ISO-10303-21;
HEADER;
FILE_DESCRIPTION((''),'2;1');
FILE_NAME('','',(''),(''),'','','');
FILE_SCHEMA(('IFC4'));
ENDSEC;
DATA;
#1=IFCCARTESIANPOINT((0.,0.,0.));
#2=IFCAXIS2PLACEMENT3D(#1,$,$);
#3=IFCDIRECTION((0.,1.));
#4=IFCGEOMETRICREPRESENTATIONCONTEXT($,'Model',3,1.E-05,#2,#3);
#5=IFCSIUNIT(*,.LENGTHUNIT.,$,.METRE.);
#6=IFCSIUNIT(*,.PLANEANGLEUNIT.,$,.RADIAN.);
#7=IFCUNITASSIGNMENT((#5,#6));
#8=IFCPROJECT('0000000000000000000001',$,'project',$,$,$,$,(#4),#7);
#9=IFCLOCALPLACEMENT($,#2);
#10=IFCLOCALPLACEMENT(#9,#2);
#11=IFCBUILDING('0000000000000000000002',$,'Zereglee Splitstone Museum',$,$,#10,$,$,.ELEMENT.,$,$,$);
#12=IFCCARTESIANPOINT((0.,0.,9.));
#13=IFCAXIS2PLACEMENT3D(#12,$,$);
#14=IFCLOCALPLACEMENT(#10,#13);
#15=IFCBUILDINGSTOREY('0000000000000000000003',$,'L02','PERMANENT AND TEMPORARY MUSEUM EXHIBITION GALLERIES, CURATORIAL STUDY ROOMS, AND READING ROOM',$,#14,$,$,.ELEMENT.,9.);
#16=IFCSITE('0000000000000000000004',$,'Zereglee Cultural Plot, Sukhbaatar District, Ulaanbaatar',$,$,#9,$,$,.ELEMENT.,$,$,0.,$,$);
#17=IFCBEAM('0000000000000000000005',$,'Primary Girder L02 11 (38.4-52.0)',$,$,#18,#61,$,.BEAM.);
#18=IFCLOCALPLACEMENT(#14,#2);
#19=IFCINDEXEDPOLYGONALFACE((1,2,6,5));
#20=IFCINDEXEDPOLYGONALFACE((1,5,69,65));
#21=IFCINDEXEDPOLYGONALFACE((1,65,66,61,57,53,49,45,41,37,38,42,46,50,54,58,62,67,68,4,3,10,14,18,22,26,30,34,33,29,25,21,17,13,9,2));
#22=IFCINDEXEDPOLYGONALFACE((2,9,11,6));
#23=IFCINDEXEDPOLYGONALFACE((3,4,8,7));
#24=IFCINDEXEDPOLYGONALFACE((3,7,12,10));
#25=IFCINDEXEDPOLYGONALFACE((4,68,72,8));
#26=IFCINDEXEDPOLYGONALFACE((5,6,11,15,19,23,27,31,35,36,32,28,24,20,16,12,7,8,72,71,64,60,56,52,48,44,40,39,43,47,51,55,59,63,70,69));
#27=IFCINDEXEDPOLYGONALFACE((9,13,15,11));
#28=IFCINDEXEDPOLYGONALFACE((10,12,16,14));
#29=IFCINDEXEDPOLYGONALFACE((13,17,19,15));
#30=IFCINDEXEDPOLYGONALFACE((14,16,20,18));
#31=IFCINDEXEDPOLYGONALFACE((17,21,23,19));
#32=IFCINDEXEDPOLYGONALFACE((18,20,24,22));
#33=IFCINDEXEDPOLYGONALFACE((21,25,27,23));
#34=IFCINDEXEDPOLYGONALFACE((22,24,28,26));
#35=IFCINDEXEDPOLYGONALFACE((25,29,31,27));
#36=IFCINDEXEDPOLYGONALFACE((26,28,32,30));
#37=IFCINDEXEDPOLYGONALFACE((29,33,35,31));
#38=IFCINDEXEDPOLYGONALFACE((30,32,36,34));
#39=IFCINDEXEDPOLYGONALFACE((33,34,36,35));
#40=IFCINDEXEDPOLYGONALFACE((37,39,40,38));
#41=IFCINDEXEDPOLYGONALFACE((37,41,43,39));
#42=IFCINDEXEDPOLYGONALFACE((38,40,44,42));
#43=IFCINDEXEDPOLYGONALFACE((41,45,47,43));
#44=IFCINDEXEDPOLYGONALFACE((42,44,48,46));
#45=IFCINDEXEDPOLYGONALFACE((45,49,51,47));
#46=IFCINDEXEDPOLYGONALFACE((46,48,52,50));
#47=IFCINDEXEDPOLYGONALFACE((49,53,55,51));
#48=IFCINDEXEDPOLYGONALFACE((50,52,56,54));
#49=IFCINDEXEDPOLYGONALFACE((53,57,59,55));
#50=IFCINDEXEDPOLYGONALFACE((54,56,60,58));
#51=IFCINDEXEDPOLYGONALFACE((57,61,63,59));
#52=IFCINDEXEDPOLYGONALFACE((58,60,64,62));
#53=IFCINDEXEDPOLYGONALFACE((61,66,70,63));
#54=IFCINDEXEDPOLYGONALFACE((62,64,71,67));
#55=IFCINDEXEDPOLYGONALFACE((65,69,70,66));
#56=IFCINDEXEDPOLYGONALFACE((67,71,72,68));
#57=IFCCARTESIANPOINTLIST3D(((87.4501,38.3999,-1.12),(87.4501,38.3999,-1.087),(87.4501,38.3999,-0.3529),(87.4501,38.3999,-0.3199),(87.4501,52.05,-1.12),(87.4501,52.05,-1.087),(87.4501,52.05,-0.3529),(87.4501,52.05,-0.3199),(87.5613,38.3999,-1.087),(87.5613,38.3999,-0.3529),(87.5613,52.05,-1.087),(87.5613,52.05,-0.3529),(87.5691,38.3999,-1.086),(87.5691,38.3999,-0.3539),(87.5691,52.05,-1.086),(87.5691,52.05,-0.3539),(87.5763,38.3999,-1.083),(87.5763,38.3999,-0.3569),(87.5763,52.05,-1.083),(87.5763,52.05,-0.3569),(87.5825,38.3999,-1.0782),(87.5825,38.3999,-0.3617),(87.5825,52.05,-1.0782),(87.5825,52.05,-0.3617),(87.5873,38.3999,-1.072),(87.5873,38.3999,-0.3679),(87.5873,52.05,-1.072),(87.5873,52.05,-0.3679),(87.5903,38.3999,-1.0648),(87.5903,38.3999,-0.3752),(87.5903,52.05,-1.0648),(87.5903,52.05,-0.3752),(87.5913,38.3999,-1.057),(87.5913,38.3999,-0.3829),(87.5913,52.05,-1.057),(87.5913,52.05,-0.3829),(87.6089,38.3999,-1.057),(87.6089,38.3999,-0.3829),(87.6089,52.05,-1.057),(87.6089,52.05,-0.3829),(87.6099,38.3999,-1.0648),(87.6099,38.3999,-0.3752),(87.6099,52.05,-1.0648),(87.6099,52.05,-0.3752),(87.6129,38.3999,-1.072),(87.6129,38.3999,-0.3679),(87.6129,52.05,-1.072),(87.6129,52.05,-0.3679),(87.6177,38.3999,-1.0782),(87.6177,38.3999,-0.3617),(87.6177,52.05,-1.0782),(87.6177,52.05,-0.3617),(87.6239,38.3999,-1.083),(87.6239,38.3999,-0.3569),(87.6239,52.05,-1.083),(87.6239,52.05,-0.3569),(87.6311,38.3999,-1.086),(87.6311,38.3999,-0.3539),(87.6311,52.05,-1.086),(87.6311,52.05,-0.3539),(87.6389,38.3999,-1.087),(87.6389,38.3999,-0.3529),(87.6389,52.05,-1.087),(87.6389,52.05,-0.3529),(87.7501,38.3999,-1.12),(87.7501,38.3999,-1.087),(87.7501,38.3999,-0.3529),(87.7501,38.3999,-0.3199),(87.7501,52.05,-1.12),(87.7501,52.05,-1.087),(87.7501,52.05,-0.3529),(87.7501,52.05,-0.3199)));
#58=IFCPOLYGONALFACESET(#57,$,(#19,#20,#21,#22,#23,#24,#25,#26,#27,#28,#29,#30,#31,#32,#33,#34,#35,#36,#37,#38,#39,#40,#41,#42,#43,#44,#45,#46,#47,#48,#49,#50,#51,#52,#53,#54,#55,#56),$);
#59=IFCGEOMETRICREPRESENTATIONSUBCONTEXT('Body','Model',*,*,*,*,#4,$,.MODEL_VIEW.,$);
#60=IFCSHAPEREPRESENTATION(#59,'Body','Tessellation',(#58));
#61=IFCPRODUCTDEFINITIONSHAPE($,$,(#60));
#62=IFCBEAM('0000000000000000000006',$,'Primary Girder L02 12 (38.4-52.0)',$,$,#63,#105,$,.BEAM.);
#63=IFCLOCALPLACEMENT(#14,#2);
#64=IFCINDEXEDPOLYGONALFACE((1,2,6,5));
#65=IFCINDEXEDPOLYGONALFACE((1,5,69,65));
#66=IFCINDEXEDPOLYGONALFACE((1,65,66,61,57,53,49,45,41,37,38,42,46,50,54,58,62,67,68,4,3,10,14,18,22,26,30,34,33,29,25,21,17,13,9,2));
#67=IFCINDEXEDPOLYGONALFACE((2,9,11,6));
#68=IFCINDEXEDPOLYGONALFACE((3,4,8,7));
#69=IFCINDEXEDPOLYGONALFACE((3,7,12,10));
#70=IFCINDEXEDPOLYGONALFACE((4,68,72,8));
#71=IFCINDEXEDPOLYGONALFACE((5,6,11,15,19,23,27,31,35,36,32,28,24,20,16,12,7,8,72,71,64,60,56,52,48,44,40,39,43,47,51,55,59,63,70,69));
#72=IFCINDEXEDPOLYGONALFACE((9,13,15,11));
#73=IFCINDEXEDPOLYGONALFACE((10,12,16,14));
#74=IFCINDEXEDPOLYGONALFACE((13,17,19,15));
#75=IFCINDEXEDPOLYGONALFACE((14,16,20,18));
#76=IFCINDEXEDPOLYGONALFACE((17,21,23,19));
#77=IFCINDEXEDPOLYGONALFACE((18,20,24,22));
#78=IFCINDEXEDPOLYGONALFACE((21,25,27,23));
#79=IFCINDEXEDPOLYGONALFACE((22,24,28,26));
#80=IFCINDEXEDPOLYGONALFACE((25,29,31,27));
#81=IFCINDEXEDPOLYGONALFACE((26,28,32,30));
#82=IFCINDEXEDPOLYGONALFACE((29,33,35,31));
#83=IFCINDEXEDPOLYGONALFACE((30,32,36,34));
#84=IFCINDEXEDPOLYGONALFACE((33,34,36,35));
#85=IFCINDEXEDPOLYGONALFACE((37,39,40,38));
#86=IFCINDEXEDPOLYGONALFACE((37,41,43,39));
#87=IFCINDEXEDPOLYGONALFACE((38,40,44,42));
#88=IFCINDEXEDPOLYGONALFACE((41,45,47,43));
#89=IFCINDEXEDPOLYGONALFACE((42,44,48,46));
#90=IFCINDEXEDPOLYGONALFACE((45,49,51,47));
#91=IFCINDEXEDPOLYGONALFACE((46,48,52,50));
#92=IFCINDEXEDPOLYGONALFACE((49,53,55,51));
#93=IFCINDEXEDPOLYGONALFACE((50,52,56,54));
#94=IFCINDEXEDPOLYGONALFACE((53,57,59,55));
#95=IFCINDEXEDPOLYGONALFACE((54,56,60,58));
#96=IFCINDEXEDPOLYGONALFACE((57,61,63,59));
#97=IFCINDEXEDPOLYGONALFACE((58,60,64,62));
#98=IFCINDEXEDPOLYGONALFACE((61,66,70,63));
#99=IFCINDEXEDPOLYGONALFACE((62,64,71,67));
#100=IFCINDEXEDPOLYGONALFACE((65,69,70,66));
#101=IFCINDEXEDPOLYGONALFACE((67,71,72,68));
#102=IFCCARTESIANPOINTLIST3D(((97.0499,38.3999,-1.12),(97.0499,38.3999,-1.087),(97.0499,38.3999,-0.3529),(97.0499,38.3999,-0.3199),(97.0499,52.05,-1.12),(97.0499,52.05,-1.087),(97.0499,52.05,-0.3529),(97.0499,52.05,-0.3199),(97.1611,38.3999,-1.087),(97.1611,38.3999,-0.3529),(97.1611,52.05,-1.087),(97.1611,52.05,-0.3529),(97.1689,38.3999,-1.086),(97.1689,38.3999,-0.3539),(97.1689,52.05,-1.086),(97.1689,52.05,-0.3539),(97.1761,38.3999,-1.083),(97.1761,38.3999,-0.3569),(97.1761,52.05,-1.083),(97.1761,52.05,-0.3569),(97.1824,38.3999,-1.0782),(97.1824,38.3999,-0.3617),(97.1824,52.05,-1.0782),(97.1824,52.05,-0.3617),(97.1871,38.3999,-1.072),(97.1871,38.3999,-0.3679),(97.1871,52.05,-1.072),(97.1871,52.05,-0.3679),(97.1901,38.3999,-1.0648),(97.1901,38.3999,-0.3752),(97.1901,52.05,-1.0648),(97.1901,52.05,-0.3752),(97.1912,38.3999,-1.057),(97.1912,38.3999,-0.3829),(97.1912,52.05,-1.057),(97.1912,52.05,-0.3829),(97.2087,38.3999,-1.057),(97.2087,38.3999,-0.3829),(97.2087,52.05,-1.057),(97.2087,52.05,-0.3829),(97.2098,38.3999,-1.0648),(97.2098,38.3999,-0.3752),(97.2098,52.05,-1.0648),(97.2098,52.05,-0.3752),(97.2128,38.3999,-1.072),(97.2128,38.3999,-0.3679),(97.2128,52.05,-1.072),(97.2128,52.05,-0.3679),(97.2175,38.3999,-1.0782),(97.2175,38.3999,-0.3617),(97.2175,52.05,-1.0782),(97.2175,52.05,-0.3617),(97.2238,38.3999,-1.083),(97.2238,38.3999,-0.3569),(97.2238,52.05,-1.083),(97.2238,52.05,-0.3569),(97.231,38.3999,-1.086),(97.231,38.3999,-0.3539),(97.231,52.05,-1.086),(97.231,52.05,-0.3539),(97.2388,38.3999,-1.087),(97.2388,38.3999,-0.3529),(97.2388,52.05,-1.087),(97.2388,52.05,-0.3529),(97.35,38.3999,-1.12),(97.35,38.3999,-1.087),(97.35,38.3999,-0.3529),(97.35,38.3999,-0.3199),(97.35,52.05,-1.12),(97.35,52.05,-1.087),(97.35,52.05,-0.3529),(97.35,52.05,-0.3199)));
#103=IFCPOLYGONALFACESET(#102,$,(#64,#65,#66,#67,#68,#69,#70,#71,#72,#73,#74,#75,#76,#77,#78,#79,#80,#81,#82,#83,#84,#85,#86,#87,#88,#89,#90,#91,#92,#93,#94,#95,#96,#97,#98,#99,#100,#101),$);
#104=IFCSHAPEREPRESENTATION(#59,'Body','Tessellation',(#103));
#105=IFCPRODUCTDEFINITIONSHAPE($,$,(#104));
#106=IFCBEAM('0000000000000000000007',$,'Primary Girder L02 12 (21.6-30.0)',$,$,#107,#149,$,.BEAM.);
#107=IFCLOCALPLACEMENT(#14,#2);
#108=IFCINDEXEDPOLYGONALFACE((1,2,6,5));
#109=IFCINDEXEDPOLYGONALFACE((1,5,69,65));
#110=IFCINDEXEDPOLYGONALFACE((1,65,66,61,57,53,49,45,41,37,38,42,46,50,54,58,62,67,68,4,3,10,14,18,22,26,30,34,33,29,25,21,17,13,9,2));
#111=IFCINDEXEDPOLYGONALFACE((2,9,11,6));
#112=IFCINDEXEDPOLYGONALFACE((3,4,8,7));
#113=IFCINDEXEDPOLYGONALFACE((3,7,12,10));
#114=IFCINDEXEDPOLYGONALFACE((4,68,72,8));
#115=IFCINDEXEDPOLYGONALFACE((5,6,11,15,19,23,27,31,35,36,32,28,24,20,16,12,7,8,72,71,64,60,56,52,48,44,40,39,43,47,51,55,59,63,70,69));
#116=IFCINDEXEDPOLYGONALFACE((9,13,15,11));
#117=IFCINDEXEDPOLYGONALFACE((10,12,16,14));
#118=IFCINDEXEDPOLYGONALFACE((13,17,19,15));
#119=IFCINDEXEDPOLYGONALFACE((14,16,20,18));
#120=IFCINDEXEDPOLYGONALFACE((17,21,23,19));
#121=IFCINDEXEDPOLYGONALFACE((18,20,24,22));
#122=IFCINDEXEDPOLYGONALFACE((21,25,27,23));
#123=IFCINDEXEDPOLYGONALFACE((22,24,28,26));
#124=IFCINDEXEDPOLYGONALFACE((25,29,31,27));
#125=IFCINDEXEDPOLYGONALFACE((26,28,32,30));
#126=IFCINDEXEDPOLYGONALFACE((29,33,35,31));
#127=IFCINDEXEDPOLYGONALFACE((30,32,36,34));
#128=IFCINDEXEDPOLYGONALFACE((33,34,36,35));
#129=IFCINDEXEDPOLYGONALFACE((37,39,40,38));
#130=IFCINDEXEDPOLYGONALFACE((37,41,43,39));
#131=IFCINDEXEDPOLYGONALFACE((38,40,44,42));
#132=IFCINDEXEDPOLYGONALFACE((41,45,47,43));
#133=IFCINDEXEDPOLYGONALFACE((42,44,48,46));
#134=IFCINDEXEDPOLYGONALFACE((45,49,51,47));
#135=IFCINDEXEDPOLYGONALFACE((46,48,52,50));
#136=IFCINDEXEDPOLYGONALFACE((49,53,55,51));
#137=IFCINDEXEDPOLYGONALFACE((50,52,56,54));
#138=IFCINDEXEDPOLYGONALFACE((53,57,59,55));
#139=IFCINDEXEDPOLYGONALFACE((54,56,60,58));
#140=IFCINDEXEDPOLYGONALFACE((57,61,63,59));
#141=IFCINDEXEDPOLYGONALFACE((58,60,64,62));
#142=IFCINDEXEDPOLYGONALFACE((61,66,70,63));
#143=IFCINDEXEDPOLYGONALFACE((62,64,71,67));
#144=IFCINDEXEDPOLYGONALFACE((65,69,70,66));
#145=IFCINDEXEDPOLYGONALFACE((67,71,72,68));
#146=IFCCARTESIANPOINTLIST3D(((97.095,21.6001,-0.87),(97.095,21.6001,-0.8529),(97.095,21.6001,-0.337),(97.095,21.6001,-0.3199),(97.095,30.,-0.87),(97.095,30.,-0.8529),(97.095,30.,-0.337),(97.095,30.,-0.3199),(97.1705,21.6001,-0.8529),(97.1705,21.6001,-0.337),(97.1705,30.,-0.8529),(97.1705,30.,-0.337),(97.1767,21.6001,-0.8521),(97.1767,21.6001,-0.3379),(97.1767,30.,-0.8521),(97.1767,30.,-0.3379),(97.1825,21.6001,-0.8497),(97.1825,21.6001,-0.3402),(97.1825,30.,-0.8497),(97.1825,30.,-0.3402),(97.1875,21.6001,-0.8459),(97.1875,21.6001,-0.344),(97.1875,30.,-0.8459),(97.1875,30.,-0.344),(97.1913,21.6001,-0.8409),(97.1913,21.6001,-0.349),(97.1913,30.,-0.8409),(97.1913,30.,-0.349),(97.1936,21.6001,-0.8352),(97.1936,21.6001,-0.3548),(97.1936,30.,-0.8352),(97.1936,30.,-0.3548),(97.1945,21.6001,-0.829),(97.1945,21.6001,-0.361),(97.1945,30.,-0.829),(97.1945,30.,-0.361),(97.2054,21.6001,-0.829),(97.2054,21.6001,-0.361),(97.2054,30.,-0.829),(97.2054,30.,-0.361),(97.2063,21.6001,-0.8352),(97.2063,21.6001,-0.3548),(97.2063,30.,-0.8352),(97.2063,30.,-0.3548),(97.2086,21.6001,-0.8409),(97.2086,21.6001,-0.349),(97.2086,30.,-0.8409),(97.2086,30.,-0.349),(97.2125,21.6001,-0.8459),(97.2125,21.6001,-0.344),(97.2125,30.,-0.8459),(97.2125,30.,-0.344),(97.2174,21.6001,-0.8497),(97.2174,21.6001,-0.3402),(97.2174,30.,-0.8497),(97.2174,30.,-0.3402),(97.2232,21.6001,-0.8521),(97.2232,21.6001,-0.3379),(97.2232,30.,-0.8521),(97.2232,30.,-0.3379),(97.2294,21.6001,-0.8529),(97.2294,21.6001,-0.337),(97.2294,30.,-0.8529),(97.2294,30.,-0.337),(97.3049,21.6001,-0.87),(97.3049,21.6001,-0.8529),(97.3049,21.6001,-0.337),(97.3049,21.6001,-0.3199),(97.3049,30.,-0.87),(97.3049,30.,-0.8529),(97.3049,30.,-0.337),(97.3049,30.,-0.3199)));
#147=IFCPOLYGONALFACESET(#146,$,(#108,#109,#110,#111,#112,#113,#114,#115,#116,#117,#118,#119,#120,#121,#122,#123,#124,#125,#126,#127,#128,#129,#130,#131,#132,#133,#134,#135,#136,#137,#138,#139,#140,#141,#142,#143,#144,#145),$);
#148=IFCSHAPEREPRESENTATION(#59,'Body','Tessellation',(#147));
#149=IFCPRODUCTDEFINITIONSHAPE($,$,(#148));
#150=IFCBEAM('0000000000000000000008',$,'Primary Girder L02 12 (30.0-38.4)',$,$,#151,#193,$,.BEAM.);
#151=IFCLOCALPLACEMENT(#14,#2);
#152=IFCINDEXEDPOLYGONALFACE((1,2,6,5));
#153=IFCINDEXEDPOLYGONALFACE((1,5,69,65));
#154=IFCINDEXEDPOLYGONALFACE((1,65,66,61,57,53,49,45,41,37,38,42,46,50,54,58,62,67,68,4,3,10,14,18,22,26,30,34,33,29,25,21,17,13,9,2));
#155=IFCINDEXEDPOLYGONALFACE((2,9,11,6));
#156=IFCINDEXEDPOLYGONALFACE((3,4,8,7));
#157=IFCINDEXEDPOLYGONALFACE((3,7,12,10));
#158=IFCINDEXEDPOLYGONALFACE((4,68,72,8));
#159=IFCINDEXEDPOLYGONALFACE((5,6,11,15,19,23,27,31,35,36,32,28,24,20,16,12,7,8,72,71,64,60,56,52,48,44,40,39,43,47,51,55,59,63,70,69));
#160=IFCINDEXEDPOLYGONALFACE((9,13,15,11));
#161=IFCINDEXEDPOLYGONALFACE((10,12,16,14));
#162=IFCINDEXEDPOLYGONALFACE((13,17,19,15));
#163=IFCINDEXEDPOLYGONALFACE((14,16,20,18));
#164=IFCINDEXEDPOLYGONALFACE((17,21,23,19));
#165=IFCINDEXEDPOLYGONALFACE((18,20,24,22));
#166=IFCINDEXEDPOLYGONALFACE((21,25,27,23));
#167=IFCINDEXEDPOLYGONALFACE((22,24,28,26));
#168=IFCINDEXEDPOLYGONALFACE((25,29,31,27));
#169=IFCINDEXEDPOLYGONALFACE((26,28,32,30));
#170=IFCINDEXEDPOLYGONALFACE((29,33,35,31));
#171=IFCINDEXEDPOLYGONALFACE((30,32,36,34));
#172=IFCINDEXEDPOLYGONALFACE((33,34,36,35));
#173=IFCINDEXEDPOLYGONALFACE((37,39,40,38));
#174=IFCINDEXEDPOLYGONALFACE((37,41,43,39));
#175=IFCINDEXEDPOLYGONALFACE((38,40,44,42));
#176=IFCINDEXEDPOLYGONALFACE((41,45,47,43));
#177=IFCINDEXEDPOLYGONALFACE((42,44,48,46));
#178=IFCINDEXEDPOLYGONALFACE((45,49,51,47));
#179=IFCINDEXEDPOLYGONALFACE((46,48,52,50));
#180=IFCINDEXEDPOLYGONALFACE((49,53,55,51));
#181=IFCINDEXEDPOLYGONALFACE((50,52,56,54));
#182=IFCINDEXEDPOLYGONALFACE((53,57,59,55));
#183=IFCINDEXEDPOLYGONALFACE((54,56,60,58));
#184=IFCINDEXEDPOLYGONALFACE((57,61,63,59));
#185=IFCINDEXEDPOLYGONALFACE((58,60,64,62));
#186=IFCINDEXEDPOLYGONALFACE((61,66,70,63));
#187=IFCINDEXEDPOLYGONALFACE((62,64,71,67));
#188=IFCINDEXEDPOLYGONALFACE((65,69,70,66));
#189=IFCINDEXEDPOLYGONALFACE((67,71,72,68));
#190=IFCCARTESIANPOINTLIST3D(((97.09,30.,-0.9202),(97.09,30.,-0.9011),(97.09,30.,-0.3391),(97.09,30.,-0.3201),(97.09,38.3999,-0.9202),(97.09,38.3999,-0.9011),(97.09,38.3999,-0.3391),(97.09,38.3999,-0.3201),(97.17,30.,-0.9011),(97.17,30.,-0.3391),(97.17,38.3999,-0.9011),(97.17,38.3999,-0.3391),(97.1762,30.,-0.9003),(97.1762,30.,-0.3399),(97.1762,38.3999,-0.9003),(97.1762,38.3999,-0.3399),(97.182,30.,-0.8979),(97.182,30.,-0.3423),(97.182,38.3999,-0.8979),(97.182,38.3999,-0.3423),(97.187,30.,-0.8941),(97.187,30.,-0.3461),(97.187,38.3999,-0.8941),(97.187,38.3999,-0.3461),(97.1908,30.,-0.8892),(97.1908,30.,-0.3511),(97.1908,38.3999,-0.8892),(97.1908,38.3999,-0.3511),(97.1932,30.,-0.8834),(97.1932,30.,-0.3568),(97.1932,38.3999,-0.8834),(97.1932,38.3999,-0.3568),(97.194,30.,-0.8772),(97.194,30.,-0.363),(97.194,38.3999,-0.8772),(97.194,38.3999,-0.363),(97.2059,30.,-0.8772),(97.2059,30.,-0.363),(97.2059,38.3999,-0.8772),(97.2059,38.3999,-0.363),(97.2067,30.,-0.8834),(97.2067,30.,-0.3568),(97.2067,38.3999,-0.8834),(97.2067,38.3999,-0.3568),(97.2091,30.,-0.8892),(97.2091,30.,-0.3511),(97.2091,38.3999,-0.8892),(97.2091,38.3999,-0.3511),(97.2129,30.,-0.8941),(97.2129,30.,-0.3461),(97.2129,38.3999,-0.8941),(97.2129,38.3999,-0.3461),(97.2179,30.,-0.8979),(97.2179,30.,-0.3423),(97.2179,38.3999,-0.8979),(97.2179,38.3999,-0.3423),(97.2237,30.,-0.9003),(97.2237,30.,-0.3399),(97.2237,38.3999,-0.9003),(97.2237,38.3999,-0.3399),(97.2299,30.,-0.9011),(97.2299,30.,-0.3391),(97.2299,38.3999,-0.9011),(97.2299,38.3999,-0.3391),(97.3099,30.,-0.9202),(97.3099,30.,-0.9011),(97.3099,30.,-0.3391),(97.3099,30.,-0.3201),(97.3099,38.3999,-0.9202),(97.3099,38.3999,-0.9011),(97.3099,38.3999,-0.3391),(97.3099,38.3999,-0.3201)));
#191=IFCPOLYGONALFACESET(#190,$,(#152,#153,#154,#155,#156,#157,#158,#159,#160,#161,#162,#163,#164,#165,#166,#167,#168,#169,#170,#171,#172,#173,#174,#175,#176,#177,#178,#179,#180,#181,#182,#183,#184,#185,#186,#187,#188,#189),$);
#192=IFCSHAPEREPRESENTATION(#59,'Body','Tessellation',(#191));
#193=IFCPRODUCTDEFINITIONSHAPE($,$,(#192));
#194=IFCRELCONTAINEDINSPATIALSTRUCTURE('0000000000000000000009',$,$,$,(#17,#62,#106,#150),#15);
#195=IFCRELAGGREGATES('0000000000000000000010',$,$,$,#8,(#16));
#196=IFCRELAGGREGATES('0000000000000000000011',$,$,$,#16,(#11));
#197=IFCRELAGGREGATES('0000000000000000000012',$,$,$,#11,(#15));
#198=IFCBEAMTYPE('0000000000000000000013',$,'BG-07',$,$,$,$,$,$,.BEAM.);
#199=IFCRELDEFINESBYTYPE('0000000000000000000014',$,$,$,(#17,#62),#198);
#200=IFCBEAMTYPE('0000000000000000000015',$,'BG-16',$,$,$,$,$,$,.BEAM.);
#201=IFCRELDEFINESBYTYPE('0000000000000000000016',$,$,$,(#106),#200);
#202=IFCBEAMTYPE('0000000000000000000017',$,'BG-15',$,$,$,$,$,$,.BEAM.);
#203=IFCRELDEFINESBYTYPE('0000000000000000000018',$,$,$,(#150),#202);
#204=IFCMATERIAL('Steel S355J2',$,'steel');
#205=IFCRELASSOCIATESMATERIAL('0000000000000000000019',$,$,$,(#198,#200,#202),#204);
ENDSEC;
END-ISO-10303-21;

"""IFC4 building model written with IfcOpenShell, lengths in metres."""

from ifc_helpers import new_model, si_unit, direction, frame, origin, origin_2d, place, context, subcontext, project, spatial, i_section, extrude, material, material_profile, profile_set, type_object, element, save


model = new_model("IFC4")

# Units and contexts
model_context = context("Model", 3, precision=1e-05, world=origin(), true_north=direction((0.0, 1.0)))
body_context = subcontext(model_context, "Body", "Model", "MODEL_VIEW")
ifc_project = project(units=[si_unit("LENGTHUNIT", "METRE"), si_unit("PLANEANGLEUNIT", "RADIAN")], contexts=[model_context])

# Site, building, storey
site_placement = place(None, origin())
site = spatial("IfcSite", under=ifc_project, at=site_placement, Name="Zereglee Cultural Plot, Sukhbaatar District, Ulaanbaatar", CompositionType="ELEMENT", RefElevation=0.0)
building_placement = place(site_placement, origin())
building = spatial("IfcBuilding", under=site, at=building_placement, Name="Zereglee Splitstone Museum", CompositionType="ELEMENT")
storey_placement = place(building_placement, frame((0.0, 0.0, 9.0)))
storey = spatial("IfcBuildingStorey", under=building, at=storey_placement, Name="L02", Description="PERMANENT AND TEMPORARY MUSEUM EXHIBITION GALLERIES, CURATORIAL STUDY ROOMS, AND READING ROOM", CompositionType="ELEMENT", Elevation=9.0)

# Shared definitions
ifc_material_1 = material(Name="Steel S355J2", Category="steel")

# Beams
ifc_material_profile_1 = material_profile(ifc_material_1, i_section(OverallWidth=0.3, OverallDepth=0.8, WebThickness=0.0176, FlangeThickness=0.033, FilletRadius=0.03, at=origin_2d()), Name="HE 800 B")
ifc_profile_set_1 = profile_set([ifc_material_profile_1], Name="Steel S355J2")
beam_type_1 = type_object("IfcBeamType", Name="BG-07", PredefinedType="BEAM", material=ifc_profile_set_1)
for number, where, z_axis, x_axis, name in (
    (1, (87.6001, 38.3999, -0.72), (0.0, 1.0, 0.0), (-1.0, 0.0, 0.0), "Primary Girder L02 11 (38.4-52.0)"),
    (2, (97.2, 38.3999, -0.72), (0.0, 1.0, 0.0), (-1.0, 0.0, 0.0), "Primary Girder L02 12 (38.4-52.0)"),
):
    element("IfcBeam", number, at=place(storey_placement, frame(where, z_axis=z_axis, x_axis=x_axis)), inside=storey, type_object=beam_type_1, Name=name, PredefinedType="BEAM", context=body_context, shape_type="SweptSolid", body=[
        extrude(i_section(OverallWidth=0.3, OverallDepth=0.8, WebThickness=0.0176, FlangeThickness=0.033, FilletRadius=0.03, at=origin_2d()), origin(), (0.0, 0.0, 1.0), 13.6501),
    ])
ifc_material_profile_2 = material_profile(ifc_material_1, i_section(OverallWidth=0.21, OverallDepth=0.55, WebThickness=0.011, FlangeThickness=0.0171, FilletRadius=0.0239, at=origin_2d()), Name="IPE 550")
ifc_profile_set_2 = profile_set([ifc_material_profile_2], Name="Steel S355J2")
beam_type_2 = type_object("IfcBeamType", Name="BG-16", PredefinedType="BEAM", material=ifc_profile_set_2)
beam_1_placement = place(storey_placement, frame((97.2, 21.6001, -0.595), z_axis=(0.0, 1.0, 0.0), x_axis=(-1.0, 0.0, 0.0)))
element("IfcBeam", 3, at=beam_1_placement, inside=storey, type_object=beam_type_2, Name="Primary Girder L02 12 (21.6-30.0)", PredefinedType="BEAM", context=body_context, shape_type="SweptSolid", body=[
    extrude(i_section(OverallWidth=0.21, OverallDepth=0.55, WebThickness=0.011, FlangeThickness=0.0171, FilletRadius=0.0239, at=origin_2d()), origin(), (0.0, 0.0, 1.0), 8.3999),
])
ifc_material_profile_3 = material_profile(ifc_material_1, i_section(OverallWidth=0.22, OverallDepth=0.6001, WebThickness=0.012, FlangeThickness=0.019, FilletRadius=0.0239, at=origin_2d()), Name="IPE 600")
ifc_profile_set_3 = profile_set([ifc_material_profile_3], Name="Steel S355J2")
beam_type_3 = type_object("IfcBeamType", Name="BG-15", PredefinedType="BEAM", material=ifc_profile_set_3)
beam_2_placement = place(storey_placement, frame((97.2, 30.0, -0.6201), z_axis=(0.0, 1.0, 0.0), x_axis=(-1.0, 0.0, 0.0)))
element("IfcBeam", 4, at=beam_2_placement, inside=storey, type_object=beam_type_3, Name="Primary Girder L02 12 (30.0-38.4)", PredefinedType="BEAM", context=body_context, shape_type="SweptSolid", body=[
    extrude(i_section(OverallWidth=0.22, OverallDepth=0.6001, WebThickness=0.012, FlangeThickness=0.019, FilletRadius=0.0239, at=origin_2d()), origin(), (0.0, 0.0, 1.0), 8.3999),
])

save(model, "model.ifc")
